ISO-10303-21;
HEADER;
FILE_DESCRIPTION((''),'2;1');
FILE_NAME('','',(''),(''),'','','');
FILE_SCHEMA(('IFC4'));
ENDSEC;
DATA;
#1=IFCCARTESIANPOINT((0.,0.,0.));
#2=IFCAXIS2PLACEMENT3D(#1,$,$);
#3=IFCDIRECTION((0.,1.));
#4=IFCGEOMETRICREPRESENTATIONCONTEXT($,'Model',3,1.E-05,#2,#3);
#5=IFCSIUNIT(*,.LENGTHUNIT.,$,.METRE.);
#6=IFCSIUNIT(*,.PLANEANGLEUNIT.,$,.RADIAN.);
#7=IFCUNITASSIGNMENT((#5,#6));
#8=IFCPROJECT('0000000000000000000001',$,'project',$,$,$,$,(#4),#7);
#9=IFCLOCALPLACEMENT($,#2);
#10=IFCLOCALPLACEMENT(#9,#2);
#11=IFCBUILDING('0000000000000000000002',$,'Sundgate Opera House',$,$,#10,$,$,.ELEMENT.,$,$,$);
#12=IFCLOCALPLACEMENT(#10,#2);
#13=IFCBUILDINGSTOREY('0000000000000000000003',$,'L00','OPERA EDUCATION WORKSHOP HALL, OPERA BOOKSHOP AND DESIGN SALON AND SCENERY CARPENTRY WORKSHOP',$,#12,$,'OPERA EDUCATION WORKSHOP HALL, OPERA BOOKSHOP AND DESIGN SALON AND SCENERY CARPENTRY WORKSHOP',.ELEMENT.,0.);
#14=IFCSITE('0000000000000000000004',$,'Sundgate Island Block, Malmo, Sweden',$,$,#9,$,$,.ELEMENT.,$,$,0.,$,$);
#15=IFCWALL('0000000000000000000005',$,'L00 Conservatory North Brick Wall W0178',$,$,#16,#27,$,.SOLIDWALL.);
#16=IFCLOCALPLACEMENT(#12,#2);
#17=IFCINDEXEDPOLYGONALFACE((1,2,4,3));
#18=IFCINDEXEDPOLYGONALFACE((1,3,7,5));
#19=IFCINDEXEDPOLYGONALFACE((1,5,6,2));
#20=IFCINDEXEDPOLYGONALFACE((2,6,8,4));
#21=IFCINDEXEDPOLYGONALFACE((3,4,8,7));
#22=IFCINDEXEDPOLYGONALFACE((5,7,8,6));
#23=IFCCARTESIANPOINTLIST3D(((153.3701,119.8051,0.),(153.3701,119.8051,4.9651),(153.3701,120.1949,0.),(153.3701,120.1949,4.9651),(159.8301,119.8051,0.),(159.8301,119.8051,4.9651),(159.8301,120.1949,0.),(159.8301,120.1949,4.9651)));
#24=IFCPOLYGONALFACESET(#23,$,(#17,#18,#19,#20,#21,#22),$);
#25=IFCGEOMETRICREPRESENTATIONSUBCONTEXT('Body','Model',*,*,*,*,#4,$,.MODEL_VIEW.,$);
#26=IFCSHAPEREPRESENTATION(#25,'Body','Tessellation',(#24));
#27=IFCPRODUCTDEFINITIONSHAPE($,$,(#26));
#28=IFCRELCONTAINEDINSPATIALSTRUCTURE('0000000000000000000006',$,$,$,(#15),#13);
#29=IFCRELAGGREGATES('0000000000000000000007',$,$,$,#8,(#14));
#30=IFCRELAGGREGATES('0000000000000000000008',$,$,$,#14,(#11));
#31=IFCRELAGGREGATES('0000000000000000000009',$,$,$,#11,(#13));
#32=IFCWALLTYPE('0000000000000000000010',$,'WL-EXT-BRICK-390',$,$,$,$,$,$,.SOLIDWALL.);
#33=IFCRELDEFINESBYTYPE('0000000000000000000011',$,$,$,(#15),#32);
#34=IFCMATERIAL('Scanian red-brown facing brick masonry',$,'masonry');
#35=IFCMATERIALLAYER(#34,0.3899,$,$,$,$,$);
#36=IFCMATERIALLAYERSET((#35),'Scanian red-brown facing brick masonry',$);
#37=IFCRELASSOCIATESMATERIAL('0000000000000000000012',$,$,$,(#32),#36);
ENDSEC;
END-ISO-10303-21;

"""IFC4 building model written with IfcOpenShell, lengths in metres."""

from ifc_helpers import new_model, si_unit, direction, frame, frame_2d, origin, place, context, subcontext, project, spatial, rectangle, extrude, material, layer, layer_set, type_object, element, save


model = new_model("IFC4")

# Units and contexts
model_context = context("Model", 3, precision=1e-05, world=origin(), true_north=direction((0.0, 1.0)))
body_context = subcontext(model_context, "Body", "Model", "MODEL_VIEW")
ifc_project = project(units=[si_unit("LENGTHUNIT", "METRE"), si_unit("PLANEANGLEUNIT", "RADIAN")], contexts=[model_context])

# Site, building, storey
site_placement = place(None, origin())
site = spatial("IfcSite", under=ifc_project, at=site_placement, Name="Sundgate Island Block, Malmo, Sweden", CompositionType="ELEMENT", RefElevation=0.0)
building_placement = place(site_placement, origin())
building = spatial("IfcBuilding", under=site, at=building_placement, Name="Sundgate Opera House", CompositionType="ELEMENT")
storey_placement = place(building_placement, origin())
storey = spatial("IfcBuildingStorey", under=building, at=storey_placement, Name="L00", Description="OPERA EDUCATION WORKSHOP HALL, OPERA BOOKSHOP AND DESIGN SALON AND SCENERY CARPENTRY WORKSHOP", LongName="OPERA EDUCATION WORKSHOP HALL, OPERA BOOKSHOP AND DESIGN SALON AND SCENERY CARPENTRY WORKSHOP", CompositionType="ELEMENT", Elevation=0.0)

# Wall
ifc_material_1 = material(Name="Scanian red-brown facing brick masonry", Category="masonry")
ifc_layer_1 = layer(ifc_material_1, 0.3899)
ifc_layer_set_1 = layer_set([ifc_layer_1], Name="Scanian red-brown facing brick masonry")
wall_type = type_object("IfcWallType", Name="WL-EXT-BRICK-390", PredefinedType="SOLIDWALL", material=ifc_layer_set_1)
wall_placement = place(storey_placement, frame((153.3701, 120.0, 0.0), z_axis=(0.0, 0.0, 1.0), x_axis=(1.0, 0.0, 0.0)))
element("IfcWall", 1, at=wall_placement, inside=storey, type_object=wall_type, Name="L00 Conservatory North Brick Wall W0178", PredefinedType="SOLIDWALL", context=body_context, shape_type="SweptSolid", body=[
    extrude(rectangle(XDim=6.46, YDim=0.3899, at=frame_2d((3.23, 0.0))), origin(), (0.0, 0.0, 1.0), 4.9651),
])

save(model, "model.ifc")
